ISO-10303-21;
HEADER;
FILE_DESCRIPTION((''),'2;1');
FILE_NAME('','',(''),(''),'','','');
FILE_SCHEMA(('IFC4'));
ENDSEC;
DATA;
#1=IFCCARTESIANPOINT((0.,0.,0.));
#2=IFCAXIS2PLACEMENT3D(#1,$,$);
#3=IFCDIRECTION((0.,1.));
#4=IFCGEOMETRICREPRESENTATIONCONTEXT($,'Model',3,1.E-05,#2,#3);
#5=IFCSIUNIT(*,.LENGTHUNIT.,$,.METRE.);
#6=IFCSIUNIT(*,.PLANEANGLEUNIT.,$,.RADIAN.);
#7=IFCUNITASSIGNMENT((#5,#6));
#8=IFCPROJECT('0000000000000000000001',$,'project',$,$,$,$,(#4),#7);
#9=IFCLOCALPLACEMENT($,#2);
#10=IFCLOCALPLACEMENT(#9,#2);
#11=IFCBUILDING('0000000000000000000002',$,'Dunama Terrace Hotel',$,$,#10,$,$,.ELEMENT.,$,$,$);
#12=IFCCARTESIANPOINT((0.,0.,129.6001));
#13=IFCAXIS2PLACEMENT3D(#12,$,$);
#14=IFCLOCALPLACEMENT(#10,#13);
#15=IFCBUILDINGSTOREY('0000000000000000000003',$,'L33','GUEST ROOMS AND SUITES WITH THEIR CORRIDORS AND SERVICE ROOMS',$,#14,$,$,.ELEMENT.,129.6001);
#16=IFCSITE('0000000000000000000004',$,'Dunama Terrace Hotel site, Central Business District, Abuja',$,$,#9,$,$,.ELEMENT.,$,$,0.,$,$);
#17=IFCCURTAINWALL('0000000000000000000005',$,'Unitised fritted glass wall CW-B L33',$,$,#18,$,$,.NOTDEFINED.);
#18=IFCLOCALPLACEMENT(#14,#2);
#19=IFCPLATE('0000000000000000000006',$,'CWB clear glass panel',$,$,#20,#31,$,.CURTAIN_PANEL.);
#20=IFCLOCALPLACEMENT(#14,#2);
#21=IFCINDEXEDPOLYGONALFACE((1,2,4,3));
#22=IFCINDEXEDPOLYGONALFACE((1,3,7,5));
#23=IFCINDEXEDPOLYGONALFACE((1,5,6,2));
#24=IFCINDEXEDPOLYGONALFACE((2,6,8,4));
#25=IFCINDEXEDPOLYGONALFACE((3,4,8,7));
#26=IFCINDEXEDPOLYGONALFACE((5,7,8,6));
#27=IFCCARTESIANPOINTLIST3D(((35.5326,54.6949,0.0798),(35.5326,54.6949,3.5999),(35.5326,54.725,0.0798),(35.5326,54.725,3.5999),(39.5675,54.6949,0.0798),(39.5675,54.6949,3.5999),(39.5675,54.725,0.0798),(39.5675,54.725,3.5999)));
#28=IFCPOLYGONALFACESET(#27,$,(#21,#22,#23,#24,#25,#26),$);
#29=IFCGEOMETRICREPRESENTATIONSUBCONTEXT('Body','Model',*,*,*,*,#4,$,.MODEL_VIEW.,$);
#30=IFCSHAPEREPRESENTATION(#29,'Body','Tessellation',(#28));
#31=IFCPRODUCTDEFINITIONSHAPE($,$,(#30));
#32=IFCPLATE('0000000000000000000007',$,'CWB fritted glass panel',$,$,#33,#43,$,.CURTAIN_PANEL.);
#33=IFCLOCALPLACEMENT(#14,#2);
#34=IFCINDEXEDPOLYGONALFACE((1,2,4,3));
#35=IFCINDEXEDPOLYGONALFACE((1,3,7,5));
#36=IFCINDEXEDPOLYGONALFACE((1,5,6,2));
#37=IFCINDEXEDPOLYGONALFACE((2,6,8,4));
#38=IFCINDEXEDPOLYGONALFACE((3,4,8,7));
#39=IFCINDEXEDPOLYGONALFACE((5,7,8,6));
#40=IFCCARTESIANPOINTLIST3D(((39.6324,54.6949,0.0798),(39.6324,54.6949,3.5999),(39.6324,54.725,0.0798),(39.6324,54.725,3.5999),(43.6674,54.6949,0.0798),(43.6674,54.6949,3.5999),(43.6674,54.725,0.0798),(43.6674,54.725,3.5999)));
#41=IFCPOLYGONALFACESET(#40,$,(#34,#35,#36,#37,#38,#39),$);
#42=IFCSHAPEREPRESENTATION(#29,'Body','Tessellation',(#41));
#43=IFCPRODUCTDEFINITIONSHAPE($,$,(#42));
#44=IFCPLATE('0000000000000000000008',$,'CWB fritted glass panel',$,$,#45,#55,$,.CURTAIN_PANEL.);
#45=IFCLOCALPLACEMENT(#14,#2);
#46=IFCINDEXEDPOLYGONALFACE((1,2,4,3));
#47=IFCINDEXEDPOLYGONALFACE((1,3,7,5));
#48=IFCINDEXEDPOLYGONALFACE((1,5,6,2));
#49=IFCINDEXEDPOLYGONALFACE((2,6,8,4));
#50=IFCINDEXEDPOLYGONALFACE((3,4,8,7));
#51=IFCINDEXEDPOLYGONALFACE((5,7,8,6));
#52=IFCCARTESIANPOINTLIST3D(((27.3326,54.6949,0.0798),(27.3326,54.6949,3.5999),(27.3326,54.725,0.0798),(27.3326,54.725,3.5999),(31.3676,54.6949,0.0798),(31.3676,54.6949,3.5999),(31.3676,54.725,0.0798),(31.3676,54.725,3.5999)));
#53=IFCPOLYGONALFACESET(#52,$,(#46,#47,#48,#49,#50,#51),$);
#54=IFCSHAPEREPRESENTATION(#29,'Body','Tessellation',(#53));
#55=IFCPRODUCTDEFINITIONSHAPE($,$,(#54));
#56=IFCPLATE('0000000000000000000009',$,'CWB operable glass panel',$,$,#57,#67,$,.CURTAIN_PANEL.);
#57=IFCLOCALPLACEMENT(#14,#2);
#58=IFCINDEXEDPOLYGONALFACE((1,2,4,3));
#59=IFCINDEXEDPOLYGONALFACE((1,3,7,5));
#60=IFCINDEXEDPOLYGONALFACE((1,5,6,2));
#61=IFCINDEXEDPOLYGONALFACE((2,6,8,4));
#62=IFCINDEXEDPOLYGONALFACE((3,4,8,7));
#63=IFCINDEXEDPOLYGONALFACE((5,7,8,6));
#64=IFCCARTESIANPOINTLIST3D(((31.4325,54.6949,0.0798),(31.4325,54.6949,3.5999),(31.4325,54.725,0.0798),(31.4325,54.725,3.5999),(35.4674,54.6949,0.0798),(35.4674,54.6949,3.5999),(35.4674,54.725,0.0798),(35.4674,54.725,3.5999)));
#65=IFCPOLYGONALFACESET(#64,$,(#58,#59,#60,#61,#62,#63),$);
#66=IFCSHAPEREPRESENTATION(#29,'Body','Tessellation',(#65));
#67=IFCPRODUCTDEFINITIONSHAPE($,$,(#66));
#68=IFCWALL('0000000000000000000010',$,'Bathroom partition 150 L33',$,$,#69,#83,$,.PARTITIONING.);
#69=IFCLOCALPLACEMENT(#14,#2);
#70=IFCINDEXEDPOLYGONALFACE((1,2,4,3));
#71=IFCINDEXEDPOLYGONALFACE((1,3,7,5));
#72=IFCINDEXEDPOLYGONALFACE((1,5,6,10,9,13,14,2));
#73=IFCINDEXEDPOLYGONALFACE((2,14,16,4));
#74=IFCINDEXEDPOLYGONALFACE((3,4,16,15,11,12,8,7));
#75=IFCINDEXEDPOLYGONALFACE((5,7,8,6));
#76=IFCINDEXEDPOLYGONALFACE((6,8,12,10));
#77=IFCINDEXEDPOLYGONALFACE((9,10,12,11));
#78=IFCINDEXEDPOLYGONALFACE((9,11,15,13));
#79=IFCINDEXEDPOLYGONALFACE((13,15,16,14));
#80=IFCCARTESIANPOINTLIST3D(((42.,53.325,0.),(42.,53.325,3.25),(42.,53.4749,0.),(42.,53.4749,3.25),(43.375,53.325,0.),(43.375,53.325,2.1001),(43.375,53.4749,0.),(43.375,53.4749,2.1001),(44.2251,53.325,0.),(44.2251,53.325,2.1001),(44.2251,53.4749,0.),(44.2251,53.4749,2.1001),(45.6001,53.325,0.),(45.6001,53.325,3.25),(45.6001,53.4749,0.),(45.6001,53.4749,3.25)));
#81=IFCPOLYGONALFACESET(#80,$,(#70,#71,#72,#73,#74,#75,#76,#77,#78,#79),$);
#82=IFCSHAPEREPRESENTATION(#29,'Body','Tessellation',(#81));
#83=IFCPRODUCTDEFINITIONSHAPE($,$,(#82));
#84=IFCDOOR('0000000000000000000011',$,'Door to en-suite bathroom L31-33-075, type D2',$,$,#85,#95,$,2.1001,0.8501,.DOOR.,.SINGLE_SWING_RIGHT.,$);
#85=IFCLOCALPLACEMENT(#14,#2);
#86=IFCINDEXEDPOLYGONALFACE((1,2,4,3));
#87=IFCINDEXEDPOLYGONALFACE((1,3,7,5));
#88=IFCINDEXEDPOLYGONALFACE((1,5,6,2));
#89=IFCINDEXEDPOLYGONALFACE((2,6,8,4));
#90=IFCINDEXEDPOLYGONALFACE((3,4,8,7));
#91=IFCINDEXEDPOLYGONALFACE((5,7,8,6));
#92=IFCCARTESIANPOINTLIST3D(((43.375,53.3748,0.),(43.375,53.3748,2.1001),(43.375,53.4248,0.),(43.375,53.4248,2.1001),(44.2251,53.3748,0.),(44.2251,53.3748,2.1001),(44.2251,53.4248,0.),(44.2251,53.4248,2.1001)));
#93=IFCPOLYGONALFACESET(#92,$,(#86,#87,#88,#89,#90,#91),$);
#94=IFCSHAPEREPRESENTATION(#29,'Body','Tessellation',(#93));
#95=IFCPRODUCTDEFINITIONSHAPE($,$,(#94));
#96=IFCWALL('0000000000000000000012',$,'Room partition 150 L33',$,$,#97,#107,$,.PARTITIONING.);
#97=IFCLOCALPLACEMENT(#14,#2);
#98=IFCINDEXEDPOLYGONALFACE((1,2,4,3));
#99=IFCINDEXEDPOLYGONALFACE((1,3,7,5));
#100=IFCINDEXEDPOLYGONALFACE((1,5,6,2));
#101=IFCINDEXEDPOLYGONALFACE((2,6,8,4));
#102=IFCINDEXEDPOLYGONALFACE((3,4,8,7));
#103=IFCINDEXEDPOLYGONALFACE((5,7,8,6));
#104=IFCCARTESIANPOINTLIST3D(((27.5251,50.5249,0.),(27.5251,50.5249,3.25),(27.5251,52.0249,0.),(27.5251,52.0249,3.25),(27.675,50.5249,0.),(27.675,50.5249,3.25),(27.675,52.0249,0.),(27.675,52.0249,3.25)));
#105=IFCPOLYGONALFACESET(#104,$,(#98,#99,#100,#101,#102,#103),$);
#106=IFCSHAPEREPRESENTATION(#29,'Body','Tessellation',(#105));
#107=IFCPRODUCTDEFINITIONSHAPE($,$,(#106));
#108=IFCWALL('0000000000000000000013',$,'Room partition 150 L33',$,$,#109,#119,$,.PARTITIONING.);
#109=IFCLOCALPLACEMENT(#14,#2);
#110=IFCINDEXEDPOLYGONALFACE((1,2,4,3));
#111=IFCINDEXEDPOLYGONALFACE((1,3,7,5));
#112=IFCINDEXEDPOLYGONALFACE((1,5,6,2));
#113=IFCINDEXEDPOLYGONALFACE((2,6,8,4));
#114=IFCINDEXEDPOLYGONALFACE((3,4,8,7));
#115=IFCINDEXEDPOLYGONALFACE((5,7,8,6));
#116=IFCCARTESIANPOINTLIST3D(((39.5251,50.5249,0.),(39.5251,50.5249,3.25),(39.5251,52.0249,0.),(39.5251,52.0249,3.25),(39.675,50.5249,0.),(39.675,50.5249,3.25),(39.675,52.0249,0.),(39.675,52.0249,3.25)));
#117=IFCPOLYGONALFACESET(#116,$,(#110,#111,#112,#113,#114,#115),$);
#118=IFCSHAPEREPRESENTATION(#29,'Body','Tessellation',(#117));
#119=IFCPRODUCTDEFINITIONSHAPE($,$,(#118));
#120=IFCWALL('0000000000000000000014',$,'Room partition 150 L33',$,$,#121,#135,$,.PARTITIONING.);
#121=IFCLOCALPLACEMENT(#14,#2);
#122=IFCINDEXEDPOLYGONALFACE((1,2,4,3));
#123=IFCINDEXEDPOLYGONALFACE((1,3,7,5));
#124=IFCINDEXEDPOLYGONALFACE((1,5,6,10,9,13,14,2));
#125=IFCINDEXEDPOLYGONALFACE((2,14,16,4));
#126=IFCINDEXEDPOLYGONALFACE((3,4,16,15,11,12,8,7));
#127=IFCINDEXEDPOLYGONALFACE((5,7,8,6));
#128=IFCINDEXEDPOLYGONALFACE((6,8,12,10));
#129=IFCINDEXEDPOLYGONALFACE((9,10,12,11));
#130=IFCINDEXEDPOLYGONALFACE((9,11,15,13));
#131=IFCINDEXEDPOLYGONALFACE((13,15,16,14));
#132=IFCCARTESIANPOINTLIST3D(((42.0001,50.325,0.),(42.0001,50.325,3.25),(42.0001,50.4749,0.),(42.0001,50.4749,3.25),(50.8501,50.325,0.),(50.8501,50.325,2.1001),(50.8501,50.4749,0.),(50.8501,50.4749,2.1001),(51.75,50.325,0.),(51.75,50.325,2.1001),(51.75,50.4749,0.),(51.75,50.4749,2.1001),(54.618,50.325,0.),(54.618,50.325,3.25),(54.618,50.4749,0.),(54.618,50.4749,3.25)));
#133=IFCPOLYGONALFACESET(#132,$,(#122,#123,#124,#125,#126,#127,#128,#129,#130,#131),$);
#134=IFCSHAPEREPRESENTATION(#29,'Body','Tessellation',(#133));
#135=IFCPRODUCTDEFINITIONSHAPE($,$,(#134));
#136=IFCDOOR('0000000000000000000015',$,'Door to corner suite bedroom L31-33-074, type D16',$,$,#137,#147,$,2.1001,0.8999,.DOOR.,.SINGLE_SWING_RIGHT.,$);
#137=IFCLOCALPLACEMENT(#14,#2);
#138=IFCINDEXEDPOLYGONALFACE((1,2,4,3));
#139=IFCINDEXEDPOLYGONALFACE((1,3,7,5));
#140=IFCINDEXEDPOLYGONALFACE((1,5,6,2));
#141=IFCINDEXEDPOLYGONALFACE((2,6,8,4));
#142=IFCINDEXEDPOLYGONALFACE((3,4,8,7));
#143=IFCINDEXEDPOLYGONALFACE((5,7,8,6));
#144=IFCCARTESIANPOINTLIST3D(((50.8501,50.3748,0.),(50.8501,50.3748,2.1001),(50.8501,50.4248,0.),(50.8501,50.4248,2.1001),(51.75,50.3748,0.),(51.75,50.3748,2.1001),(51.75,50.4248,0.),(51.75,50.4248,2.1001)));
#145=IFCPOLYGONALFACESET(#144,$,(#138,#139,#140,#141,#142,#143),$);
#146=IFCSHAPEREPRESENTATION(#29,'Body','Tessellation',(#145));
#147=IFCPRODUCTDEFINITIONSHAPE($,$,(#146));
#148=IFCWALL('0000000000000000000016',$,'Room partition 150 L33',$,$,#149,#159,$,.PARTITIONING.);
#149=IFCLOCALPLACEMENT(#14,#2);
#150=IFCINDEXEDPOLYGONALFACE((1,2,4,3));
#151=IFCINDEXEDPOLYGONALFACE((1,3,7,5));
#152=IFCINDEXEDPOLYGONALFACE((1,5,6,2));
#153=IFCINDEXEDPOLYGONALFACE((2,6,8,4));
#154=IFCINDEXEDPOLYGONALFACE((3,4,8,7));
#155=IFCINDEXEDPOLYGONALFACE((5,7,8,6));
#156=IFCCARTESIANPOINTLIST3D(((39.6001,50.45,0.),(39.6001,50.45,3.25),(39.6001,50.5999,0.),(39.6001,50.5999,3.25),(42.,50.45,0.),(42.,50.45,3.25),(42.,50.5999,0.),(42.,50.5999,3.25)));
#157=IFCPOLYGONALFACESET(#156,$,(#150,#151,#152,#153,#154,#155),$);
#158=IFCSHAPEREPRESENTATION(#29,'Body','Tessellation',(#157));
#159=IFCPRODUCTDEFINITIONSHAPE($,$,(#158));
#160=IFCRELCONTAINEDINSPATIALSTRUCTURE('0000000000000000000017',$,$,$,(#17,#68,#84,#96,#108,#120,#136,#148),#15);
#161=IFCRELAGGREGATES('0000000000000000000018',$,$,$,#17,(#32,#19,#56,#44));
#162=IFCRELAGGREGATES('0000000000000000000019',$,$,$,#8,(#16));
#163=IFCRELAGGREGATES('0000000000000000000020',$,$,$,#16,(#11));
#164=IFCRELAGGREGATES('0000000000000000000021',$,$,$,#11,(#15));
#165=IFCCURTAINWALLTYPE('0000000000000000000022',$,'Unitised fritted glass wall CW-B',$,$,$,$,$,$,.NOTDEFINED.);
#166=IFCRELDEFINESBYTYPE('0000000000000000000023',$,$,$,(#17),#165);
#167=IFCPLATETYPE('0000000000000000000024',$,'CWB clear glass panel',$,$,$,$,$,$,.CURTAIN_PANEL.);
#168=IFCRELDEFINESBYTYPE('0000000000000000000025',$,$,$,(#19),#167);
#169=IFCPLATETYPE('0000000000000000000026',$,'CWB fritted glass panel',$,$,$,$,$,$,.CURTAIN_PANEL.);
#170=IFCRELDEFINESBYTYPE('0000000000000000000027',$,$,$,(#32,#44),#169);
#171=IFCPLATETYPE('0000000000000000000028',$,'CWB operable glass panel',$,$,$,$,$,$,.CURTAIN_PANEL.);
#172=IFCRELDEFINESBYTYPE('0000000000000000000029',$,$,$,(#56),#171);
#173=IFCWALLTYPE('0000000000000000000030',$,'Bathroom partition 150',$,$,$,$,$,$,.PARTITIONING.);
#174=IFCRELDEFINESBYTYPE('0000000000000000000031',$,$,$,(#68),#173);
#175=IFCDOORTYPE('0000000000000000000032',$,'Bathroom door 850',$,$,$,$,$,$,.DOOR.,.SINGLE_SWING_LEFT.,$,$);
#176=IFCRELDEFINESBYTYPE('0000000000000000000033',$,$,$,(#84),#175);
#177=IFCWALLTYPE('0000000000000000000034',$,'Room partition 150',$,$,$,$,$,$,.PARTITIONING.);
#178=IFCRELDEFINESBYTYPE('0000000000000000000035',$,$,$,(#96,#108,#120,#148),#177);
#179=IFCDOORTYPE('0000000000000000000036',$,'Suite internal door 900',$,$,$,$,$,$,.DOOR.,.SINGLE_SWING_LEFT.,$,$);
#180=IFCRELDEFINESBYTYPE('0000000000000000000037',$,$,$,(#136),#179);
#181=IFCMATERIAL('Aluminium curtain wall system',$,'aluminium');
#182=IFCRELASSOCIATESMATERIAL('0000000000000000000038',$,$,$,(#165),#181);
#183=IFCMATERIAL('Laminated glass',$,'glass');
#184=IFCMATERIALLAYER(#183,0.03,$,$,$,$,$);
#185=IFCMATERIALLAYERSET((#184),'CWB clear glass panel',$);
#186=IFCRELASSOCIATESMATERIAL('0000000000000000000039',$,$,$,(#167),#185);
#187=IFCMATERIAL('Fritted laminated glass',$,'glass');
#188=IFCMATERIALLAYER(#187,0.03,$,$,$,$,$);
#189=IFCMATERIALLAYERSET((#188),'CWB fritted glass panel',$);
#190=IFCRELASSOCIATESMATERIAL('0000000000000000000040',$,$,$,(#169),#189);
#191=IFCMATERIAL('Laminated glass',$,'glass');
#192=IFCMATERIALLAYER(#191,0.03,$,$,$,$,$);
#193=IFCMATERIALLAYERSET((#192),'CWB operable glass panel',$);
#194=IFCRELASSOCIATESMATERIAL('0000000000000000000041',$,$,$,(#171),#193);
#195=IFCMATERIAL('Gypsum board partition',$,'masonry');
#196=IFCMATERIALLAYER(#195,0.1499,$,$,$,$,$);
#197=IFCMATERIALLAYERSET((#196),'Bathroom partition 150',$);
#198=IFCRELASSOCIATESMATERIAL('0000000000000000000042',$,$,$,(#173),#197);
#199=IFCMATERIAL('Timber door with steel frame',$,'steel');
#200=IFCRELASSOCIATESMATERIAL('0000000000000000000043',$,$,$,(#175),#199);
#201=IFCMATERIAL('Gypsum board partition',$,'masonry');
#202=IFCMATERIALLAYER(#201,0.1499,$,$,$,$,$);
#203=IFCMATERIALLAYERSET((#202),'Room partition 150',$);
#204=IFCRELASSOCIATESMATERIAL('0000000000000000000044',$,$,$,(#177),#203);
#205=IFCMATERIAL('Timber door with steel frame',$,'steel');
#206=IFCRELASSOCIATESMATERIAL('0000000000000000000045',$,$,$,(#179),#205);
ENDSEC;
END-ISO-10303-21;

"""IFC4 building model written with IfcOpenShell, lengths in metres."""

from ifc_helpers import new_model, si_unit, direction, frame, frame_2d, origin, origin_2d, place, context, subcontext, project, spatial, rectangle, extrude, material, layer, layer_set, type_object, element, fill, aggregate, save


model = new_model("IFC4")

# Units and contexts
model_context = context("Model", 3, precision=1e-05, world=origin(), true_north=direction((0.0, 1.0)))
body_context = subcontext(model_context, "Body", "Model", "MODEL_VIEW")
ifc_project = project(units=[si_unit("LENGTHUNIT", "METRE"), si_unit("PLANEANGLEUNIT", "RADIAN")], contexts=[model_context])

# Site, building, storey
site_placement = place(None, origin())
site = spatial("IfcSite", under=ifc_project, at=site_placement, Name="Dunama Terrace Hotel site, Central Business District, Abuja", CompositionType="ELEMENT", RefElevation=0.0)
building_placement = place(site_placement, origin())
building = spatial("IfcBuilding", under=site, at=building_placement, Name="Dunama Terrace Hotel", CompositionType="ELEMENT")
storey_placement = place(building_placement, frame((0.0, 0.0, 129.6001)))
storey = spatial("IfcBuildingStorey", under=building, at=storey_placement, Name="L33", Description="GUEST ROOMS AND SUITES WITH THEIR CORRIDORS AND SERVICE ROOMS", CompositionType="ELEMENT", Elevation=129.6001)

# Curtain wall
ifc_material_1 = material(Name="Aluminium curtain wall system", Category="aluminium")
curtain_wall_type = type_object("IfcCurtainWallType", Name="Unitised fritted glass wall CW-B", PredefinedType="NOTDEFINED", material=ifc_material_1)
curtain_wall_placement = place(storey_placement, origin())
curtain_wall = element("IfcCurtainWall", 1, at=curtain_wall_placement, inside=storey, type_object=curtain_wall_type, Name="Unitised fritted glass wall CW-B L33", PredefinedType="NOTDEFINED")

# Plates
ifc_material_2 = material(Name="Laminated glass", Category="glass")
ifc_layer_1 = layer(ifc_material_2, 0.03)
ifc_layer_set_1 = layer_set([ifc_layer_1], Name="CWB clear glass panel")
plate_type_1 = type_object("IfcPlateType", Name="CWB clear glass panel", PredefinedType="CURTAIN_PANEL", material=ifc_layer_set_1)
plate_1_placement = place(storey_placement, frame((37.55, 54.71, 0.0798), z_axis=(0.0, 0.0, 1.0), x_axis=(-1.0, 0.0, 0.0)))
plate_1 = element("IfcPlate", 2, at=plate_1_placement, type_object=plate_type_1, Name="CWB clear glass panel", PredefinedType="CURTAIN_PANEL", context=body_context, shape_type="SweptSolid", body=[
    extrude(rectangle(XDim=4.0349, YDim=0.03, at=origin_2d()), origin(), (0.0, 0.0, 1.0), 3.52),
])
ifc_material_3 = material(Name="Fritted laminated glass", Category="glass")
ifc_layer_2 = layer(ifc_material_3, 0.03)
ifc_layer_set_2 = layer_set([ifc_layer_2], Name="CWB fritted glass panel")
plate_type_2 = type_object("IfcPlateType", Name="CWB fritted glass panel", PredefinedType="CURTAIN_PANEL", material=ifc_layer_set_2)
plate_2_placement = place(storey_placement, frame((41.6499, 54.71, 0.0798), z_axis=(0.0, 0.0, 1.0), x_axis=(-1.0, 0.0, 0.0)))
plate_2 = element("IfcPlate", 3, at=plate_2_placement, type_object=plate_type_2, Name="CWB fritted glass panel", PredefinedType="CURTAIN_PANEL", context=body_context, shape_type="SweptSolid", body=[
    extrude(rectangle(XDim=4.0349, YDim=0.03, at=origin_2d()), origin(), (0.0, 0.0, 1.0), 3.52),
])
plate_3_placement = place(storey_placement, frame((29.3501, 54.71, 0.0798), z_axis=(0.0, 0.0, 1.0), x_axis=(-1.0, 0.0, 0.0)))
plate_3 = element("IfcPlate", 4, at=plate_3_placement, type_object=plate_type_2, Name="CWB fritted glass panel", PredefinedType="CURTAIN_PANEL", context=body_context, shape_type="SweptSolid", body=[
    extrude(rectangle(XDim=4.0349, YDim=0.03, at=origin_2d()), origin(), (0.0, 0.0, 1.0), 3.52),
])
ifc_material_4 = material(Name="Laminated glass", Category="glass")
ifc_layer_3 = layer(ifc_material_4, 0.03)
ifc_layer_set_3 = layer_set([ifc_layer_3], Name="CWB operable glass panel")
plate_type_3 = type_object("IfcPlateType", Name="CWB operable glass panel", PredefinedType="CURTAIN_PANEL", material=ifc_layer_set_3)
plate_4_placement = place(storey_placement, frame((33.45, 54.71, 0.0798), z_axis=(0.0, 0.0, 1.0), x_axis=(-1.0, 0.0, 0.0)))
plate_4 = element("IfcPlate", 5, at=plate_4_placement, type_object=plate_type_3, Name="CWB operable glass panel", PredefinedType="CURTAIN_PANEL", context=body_context, shape_type="SweptSolid", body=[
    extrude(rectangle(XDim=4.0349, YDim=0.03, at=origin_2d()), origin(), (0.0, 0.0, 1.0), 3.52),
])
aggregate(curtain_wall, [plate_2, plate_1, plate_4, plate_3])

# Wall, opening, door
ifc_material_5 = material(Name="Gypsum board partition", Category="masonry")
ifc_layer_4 = layer(ifc_material_5, 0.1499)
ifc_layer_set_4 = layer_set([ifc_layer_4], Name="Bathroom partition 150")
wall_type_1 = type_object("IfcWallType", Name="Bathroom partition 150", PredefinedType="PARTITIONING", material=ifc_layer_set_4)
wall_1_placement = place(storey_placement, frame((42.0, 53.3999, 0.0), z_axis=(0.0, 0.0, 1.0), x_axis=(1.0, 0.0, 0.0)))
wall_1 = element("IfcWall", 6, at=wall_1_placement, inside=storey, type_object=wall_type_1, Name="Bathroom partition 150 L33", PredefinedType="PARTITIONING", context=body_context, shape_type="SweptSolid", body=[
    extrude(rectangle(XDim=3.6001, YDim=0.1499, at=frame_2d((1.8, 0.0))), origin(), (0.0, 0.0, 1.0), 3.25),
])
opening_1_placement = place(wall_1_placement, frame((1.375, 0.0, 0.0)))
opening_1 = element("IfcOpeningElement", 7, at=opening_1_placement, cuts=wall_1, PredefinedType="OPENING", context=body_context, shape_type="SweptSolid", body=[
    extrude(rectangle(XDim=0.8501, YDim=2.1001, at=frame_2d((0.425, 1.05))), frame((0.0, 0.085, 0.0), z_axis=(0.0, -1.0, 0.0), x_axis=(1.0, 0.0, 0.0)), (0.0, 0.0, 1.0), 0.1699),
])
ifc_material_6 = material(Name="Timber door with steel frame", Category="steel")
door_type_1 = type_object("IfcDoorType", Name="Bathroom door 850", OperationType="SINGLE_SWING_LEFT", PredefinedType="DOOR", material=ifc_material_6)
door_1_placement = place(opening_1_placement, frame((0.8501, 0.0, 0.0), z_axis=(0.0, 0.0, 1.0), x_axis=(-1.0, 0.0, 0.0)))
door_1 = element("IfcDoor", 8, at=door_1_placement, inside=storey, type_object=door_type_1, Name="Door to en-suite bathroom L31-33-075, type D2", OperationType="SINGLE_SWING_RIGHT", OverallHeight=2.1001, OverallWidth=0.8501, PredefinedType="DOOR", context=body_context, shape_type="SweptSolid", body=[
    extrude(rectangle(XDim=0.8501, YDim=2.1001, at=frame_2d((0.425, 1.05))), frame((0.0, 0.0251, 0.0), z_axis=(0.0, -1.0, 0.0), x_axis=(1.0, 0.0, 0.0)), (0.0, 0.0, 1.0), 0.05),
])
fill(opening_1, door_1)

# Walls
ifc_material_7 = material(Name="Gypsum board partition", Category="masonry")
ifc_layer_5 = layer(ifc_material_7, 0.1499)
ifc_layer_set_5 = layer_set([ifc_layer_5], Name="Room partition 150")
wall_type_2 = type_object("IfcWallType", Name="Room partition 150", PredefinedType="PARTITIONING", material=ifc_layer_set_5)
for number, where, z_axis, x_axis, name in (
    (9, (27.6001, 50.5249, 0.0), (0.0, 0.0, 1.0), (0.0, 1.0, 0.0), "Room partition 150 L33"),
    (10, (39.6001, 50.5249, 0.0), (0.0, 0.0, 1.0), (0.0, 1.0, 0.0), "Room partition 150 L33"),
):
    element("IfcWall", number, at=place(storey_placement, frame(where, z_axis=z_axis, x_axis=x_axis)), inside=storey, type_object=wall_type_2, Name=name, PredefinedType="PARTITIONING", context=body_context, shape_type="SweptSolid", body=[
        extrude(rectangle(XDim=1.5, YDim=0.1499, at=frame_2d((0.75, 0.0))), origin(), (0.0, 0.0, 1.0), 3.25),
    ])

# Wall, opening, door
wall_2_placement = place(storey_placement, frame((42.0, 50.3999, 0.0), z_axis=(0.0, 0.0, 1.0), x_axis=(1.0, 0.0, 0.0)))
wall_2 = element("IfcWall", 11, at=wall_2_placement, inside=storey, type_object=wall_type_2, Name="Room partition 150 L33", PredefinedType="PARTITIONING", context=body_context, shape_type="SweptSolid", body=[
    extrude(rectangle(XDim=12.6179, YDim=0.1499, at=frame_2d((6.3091, 0.0))), origin(), (0.0, 0.0, 1.0), 3.25),
])
opening_2_placement = place(wall_2_placement, frame((8.8501, 0.0, 0.0)))
opening_2 = element("IfcOpeningElement", 12, at=opening_2_placement, cuts=wall_2, PredefinedType="OPENING", context=body_context, shape_type="SweptSolid", body=[
    extrude(rectangle(XDim=0.8999, YDim=2.1001, at=frame_2d((0.45, 1.05))), frame((0.0, 0.085, 0.0), z_axis=(0.0, -1.0, 0.0), x_axis=(1.0, 0.0, 0.0)), (0.0, 0.0, 1.0), 0.1699),
])
ifc_material_8 = material(Name="Timber door with steel frame", Category="steel")
door_type_2 = type_object("IfcDoorType", Name="Suite internal door 900", OperationType="SINGLE_SWING_LEFT", PredefinedType="DOOR", material=ifc_material_8)
door_2_placement = place(opening_2_placement, origin())
door_2 = element("IfcDoor", 13, at=door_2_placement, inside=storey, type_object=door_type_2, Name="Door to corner suite bedroom L31-33-074, type D16", OperationType="SINGLE_SWING_RIGHT", OverallHeight=2.1001, OverallWidth=0.8999, PredefinedType="DOOR", context=body_context, shape_type="SweptSolid", body=[
    extrude(rectangle(XDim=0.8999, YDim=2.1001, at=frame_2d((0.45, 1.05))), frame((0.0, 0.0249, 0.0), z_axis=(0.0, -1.0, 0.0), x_axis=(1.0, 0.0, 0.0)), (0.0, 0.0, 1.0), 0.05),
])
fill(opening_2, door_2)

# Wall
wall_3_placement = place(storey_placement, frame((39.6001, 50.5249, 0.0), z_axis=(0.0, 0.0, 1.0), x_axis=(1.0, 0.0, 0.0)))
element("IfcWall", 14, at=wall_3_placement, inside=storey, type_object=wall_type_2, Name="Room partition 150 L33", PredefinedType="PARTITIONING", context=body_context, shape_type="SweptSolid", body=[
    extrude(rectangle(XDim=2.3999, YDim=0.1499, at=frame_2d((1.2, 0.0))), origin(), (0.0, 0.0, 1.0), 3.25),
])

save(model, "model.ifc")
